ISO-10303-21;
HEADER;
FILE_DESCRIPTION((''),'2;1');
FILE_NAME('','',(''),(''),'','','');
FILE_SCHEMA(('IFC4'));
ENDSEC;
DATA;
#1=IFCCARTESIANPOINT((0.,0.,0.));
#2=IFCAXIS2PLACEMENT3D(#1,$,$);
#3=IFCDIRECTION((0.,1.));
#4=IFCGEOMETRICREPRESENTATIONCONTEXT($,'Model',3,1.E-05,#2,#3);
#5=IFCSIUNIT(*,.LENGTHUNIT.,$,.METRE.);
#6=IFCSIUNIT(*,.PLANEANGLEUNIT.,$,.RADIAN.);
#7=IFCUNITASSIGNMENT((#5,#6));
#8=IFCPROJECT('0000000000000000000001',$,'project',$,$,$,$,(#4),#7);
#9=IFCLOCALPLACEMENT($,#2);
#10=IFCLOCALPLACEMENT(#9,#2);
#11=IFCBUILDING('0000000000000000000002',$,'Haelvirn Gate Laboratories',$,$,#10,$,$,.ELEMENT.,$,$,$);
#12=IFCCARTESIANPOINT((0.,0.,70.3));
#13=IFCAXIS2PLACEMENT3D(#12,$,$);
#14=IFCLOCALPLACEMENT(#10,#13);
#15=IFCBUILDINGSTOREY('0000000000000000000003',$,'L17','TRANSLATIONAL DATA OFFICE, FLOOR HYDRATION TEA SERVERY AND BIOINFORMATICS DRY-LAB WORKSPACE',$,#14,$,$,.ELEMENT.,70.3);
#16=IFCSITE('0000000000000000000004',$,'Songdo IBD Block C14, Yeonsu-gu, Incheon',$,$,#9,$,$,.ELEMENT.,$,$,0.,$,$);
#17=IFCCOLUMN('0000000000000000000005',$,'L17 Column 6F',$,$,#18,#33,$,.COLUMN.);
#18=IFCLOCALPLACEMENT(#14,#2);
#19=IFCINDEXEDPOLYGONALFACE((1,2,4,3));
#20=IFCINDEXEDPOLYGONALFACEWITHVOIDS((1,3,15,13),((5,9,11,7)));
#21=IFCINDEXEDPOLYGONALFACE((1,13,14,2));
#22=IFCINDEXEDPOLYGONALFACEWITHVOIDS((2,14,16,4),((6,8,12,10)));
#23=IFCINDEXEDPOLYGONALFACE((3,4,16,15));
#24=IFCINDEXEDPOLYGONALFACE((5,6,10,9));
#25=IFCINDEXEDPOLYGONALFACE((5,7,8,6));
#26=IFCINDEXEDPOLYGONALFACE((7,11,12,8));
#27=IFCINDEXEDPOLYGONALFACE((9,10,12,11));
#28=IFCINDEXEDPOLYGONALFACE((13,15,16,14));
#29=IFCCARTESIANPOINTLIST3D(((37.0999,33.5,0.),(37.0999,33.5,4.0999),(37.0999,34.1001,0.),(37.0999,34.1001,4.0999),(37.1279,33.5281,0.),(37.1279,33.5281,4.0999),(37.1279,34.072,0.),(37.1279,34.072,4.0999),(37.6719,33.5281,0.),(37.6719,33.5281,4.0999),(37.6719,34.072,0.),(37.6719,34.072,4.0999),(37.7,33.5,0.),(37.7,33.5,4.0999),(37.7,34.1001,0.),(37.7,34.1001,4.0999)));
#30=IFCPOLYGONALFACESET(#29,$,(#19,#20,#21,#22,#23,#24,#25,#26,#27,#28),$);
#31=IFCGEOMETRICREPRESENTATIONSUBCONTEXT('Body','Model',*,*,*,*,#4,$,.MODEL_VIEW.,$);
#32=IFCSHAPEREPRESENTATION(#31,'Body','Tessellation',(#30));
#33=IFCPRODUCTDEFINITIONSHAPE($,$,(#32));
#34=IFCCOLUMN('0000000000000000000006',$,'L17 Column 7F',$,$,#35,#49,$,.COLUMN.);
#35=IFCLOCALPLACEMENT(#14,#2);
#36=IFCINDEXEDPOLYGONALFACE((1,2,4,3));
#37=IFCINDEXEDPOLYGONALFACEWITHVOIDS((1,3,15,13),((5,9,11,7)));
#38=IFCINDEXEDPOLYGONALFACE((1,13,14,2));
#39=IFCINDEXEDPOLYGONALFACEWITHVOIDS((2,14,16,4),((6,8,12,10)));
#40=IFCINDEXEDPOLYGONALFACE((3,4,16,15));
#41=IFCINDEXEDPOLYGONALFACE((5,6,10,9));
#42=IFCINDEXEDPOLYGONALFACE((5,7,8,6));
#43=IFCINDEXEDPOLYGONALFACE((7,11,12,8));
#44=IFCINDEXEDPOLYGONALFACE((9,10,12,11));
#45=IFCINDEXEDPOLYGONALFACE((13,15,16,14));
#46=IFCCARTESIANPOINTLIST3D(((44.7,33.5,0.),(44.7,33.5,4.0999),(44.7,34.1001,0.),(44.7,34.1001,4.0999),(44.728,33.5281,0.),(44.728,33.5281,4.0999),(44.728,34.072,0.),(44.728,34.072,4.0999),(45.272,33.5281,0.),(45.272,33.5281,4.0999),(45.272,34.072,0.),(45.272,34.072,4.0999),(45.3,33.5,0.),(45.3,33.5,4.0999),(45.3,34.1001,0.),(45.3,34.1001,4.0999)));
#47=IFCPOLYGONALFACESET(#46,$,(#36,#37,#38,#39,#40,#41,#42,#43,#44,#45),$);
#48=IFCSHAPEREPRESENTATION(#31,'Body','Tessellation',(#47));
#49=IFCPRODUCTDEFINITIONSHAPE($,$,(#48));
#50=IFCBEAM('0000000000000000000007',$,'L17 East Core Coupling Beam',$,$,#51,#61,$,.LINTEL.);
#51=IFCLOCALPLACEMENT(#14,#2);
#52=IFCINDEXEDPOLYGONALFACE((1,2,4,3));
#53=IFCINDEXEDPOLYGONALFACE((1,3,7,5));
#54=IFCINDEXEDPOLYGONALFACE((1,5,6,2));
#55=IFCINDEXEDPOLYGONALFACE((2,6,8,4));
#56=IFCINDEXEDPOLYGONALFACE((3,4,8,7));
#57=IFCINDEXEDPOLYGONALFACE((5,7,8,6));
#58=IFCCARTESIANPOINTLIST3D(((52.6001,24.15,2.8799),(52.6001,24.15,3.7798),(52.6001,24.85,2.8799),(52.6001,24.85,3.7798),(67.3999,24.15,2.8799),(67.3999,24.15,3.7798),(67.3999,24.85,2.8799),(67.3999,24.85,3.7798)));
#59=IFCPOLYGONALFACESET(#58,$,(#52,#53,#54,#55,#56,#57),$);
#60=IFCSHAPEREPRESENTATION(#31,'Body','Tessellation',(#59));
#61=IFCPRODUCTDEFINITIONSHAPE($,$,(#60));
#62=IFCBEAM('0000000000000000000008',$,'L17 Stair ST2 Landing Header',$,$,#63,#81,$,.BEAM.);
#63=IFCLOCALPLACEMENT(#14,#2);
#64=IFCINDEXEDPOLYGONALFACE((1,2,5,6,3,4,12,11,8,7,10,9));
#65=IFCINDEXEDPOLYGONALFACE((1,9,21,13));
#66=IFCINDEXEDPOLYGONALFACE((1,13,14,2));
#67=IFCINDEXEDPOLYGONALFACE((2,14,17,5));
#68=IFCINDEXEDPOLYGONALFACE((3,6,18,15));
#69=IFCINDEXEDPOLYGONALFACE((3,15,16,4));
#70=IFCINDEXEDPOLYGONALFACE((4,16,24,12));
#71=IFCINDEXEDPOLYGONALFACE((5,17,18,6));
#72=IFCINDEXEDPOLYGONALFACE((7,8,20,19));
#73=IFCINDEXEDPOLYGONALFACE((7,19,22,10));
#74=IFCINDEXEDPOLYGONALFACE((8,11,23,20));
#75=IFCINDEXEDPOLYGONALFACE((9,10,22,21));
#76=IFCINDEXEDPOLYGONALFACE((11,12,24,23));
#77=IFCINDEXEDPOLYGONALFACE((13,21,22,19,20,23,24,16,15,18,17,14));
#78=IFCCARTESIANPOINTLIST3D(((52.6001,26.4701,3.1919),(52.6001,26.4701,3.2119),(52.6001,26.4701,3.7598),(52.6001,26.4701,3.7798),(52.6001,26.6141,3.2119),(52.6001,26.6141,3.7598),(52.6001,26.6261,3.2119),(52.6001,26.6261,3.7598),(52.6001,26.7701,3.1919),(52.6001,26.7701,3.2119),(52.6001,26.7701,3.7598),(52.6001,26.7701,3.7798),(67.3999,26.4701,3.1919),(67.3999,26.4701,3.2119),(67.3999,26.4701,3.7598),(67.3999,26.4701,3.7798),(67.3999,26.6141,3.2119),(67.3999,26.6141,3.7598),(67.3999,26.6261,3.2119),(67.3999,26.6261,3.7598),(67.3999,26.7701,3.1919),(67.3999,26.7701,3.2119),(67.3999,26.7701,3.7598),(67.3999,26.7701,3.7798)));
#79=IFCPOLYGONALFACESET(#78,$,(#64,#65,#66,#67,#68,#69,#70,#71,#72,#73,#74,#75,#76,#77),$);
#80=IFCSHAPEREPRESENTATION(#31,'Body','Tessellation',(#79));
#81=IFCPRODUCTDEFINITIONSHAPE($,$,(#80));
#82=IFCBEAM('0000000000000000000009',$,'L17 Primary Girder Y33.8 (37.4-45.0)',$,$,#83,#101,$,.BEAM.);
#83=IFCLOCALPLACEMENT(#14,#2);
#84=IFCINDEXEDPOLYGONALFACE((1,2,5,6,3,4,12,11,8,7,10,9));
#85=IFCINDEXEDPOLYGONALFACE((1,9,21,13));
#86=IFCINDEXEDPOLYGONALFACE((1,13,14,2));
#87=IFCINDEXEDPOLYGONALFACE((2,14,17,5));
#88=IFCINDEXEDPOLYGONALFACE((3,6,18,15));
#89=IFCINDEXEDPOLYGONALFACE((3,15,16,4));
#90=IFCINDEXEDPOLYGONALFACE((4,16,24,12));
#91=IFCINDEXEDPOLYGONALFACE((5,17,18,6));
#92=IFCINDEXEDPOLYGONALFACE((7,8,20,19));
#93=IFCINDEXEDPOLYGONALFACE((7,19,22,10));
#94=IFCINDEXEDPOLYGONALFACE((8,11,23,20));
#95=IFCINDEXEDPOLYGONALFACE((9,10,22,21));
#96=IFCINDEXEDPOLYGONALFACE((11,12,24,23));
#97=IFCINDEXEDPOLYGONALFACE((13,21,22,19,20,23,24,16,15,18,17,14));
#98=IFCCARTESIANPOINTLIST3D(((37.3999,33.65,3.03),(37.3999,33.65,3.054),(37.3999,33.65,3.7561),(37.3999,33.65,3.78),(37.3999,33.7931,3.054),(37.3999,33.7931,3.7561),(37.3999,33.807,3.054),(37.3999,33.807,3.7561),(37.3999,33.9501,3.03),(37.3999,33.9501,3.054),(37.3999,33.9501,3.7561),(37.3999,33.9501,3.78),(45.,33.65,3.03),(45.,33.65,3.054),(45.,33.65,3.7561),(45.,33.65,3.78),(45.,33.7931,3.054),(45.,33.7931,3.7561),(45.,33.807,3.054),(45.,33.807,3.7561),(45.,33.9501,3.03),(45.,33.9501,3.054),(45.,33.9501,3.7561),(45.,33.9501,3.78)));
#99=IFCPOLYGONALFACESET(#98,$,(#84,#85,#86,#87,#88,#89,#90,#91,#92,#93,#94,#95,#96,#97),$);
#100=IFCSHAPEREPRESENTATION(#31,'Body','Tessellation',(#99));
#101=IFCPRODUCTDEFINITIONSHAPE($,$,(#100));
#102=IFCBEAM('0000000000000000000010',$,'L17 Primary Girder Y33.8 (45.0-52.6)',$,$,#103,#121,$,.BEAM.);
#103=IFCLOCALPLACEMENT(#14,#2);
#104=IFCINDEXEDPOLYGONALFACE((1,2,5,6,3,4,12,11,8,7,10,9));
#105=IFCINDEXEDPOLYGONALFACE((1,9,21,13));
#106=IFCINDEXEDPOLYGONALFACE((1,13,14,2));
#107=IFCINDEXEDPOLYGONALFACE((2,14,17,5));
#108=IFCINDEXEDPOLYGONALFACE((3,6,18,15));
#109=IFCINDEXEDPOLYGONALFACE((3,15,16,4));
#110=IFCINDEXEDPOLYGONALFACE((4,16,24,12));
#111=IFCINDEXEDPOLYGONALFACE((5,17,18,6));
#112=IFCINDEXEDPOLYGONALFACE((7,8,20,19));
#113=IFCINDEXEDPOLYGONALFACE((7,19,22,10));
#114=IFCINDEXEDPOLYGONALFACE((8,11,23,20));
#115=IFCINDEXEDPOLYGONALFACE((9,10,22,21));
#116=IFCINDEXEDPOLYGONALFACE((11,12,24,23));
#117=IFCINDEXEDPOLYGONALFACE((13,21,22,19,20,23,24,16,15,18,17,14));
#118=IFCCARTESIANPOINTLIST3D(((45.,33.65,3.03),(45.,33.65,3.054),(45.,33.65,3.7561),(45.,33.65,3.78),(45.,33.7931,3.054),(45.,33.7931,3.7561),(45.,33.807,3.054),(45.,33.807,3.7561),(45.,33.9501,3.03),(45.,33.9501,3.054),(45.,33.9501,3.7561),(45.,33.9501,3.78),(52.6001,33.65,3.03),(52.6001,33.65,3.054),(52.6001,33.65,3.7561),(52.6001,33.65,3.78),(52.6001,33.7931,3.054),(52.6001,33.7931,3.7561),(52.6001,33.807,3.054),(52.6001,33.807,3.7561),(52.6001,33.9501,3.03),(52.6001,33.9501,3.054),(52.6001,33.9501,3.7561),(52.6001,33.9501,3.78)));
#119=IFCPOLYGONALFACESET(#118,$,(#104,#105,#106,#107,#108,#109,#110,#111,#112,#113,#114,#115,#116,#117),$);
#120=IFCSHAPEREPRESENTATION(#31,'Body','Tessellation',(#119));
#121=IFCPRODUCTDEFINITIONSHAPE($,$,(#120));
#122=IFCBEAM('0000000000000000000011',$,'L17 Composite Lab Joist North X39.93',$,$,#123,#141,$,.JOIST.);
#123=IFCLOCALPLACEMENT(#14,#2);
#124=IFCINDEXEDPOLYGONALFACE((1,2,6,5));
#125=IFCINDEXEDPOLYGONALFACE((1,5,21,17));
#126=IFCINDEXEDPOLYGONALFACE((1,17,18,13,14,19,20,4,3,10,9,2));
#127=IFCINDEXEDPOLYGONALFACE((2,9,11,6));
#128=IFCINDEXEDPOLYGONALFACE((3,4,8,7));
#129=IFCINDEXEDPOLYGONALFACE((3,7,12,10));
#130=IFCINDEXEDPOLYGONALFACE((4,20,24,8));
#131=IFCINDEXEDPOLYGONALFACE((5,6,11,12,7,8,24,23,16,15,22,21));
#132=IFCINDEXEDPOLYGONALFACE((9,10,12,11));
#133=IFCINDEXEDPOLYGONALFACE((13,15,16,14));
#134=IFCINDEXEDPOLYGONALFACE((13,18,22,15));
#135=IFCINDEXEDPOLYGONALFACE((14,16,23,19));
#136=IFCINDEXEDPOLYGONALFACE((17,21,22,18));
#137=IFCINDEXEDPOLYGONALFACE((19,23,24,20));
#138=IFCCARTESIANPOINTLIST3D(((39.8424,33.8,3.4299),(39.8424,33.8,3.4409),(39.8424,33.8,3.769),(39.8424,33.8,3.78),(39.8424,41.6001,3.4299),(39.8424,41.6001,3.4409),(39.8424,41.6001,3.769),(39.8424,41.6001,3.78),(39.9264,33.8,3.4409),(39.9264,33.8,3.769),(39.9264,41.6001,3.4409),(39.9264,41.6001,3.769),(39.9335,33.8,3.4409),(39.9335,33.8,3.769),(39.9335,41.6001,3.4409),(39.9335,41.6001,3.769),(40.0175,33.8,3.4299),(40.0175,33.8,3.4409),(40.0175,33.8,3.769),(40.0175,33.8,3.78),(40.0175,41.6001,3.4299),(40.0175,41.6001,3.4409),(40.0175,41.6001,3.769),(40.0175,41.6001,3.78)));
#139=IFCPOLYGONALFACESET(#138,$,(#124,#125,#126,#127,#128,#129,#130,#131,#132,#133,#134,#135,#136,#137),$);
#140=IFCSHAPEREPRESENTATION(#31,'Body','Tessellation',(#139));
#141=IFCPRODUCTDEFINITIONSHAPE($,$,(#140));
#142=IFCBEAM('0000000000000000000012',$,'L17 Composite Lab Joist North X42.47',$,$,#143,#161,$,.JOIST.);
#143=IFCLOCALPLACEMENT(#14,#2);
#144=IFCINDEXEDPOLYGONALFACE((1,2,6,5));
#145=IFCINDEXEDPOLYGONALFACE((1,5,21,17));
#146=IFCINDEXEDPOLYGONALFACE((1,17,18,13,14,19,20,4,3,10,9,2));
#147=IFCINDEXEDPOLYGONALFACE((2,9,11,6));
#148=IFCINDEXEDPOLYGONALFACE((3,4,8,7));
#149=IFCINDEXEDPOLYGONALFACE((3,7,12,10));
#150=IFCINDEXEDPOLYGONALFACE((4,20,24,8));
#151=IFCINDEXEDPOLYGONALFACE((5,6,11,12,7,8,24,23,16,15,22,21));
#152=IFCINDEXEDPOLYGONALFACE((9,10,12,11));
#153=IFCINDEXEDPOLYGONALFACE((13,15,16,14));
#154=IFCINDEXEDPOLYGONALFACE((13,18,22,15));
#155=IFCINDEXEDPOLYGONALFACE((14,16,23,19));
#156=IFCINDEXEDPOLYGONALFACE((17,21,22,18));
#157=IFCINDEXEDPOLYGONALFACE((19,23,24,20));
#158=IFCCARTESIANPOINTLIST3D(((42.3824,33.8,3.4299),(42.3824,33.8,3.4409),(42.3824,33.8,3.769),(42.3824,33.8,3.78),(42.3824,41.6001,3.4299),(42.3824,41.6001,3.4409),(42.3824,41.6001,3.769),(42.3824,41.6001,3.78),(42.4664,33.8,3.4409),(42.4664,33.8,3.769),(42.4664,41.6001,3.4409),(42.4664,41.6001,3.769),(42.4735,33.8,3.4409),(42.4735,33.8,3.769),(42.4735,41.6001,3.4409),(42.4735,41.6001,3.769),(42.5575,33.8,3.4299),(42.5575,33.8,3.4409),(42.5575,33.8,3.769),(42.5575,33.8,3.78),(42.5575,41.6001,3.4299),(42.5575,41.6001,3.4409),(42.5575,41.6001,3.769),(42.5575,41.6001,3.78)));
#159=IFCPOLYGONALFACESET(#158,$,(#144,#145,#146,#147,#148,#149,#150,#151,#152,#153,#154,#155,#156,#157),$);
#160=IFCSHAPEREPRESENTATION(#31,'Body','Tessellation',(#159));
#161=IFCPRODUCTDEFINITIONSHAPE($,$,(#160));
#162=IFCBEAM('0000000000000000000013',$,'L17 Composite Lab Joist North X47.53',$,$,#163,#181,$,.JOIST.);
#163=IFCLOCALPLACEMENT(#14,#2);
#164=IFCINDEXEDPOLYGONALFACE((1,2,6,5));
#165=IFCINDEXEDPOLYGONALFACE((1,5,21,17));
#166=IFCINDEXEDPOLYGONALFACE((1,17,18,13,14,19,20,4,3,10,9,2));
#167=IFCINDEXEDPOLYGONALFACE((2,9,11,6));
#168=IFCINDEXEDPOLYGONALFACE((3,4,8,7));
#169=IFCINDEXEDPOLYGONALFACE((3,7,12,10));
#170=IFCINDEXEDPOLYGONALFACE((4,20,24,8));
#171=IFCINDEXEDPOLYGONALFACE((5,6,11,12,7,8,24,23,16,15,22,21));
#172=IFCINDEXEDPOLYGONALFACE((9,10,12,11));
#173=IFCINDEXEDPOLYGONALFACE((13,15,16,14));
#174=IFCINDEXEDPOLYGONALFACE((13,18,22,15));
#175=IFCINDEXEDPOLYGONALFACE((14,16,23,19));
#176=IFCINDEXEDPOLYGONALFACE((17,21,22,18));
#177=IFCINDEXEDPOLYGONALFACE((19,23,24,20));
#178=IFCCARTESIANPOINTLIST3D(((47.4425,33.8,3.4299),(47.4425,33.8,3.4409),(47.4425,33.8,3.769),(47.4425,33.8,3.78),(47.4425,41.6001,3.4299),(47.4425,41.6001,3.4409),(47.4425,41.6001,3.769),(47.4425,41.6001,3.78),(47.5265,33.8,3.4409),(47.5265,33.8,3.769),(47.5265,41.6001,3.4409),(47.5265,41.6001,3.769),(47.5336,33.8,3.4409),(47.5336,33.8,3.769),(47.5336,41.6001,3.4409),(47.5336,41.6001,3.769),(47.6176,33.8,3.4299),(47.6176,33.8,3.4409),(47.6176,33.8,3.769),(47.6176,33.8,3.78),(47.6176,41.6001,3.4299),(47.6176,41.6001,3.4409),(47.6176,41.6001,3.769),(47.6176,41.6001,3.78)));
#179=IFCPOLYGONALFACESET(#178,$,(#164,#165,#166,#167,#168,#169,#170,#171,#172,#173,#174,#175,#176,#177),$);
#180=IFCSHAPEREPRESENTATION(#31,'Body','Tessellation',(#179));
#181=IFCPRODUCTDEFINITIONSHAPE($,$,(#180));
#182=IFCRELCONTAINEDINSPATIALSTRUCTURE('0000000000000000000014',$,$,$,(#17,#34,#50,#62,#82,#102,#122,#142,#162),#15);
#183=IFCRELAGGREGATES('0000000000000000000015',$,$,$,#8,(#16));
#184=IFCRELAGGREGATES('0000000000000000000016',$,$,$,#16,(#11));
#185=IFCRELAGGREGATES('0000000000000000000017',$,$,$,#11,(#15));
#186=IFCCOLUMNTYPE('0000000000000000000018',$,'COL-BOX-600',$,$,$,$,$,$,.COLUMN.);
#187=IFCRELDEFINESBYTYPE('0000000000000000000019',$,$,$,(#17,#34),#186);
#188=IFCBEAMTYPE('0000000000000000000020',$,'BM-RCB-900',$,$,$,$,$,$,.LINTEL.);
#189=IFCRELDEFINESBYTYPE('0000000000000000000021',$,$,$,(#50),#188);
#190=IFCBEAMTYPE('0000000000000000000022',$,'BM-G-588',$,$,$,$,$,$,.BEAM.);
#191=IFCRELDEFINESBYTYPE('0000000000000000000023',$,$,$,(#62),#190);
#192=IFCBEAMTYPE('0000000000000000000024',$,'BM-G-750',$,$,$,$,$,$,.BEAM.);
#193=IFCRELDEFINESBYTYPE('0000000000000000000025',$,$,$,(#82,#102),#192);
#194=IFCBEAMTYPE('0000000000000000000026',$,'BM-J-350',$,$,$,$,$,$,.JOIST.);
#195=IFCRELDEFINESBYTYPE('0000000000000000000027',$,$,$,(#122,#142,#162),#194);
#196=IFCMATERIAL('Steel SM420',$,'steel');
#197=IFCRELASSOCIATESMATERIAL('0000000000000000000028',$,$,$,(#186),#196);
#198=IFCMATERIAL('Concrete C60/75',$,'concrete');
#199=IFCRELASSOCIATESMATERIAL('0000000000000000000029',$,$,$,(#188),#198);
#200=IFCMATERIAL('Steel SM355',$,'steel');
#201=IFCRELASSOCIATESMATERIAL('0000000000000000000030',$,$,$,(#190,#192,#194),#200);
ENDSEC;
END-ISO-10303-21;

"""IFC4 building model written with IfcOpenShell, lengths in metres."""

from ifc_helpers import new_model, si_unit, direction, frame, origin, origin_2d, place, context, subcontext, project, spatial, rectangle, hollow_rectangle, i_section, extrude, source, transform, mapped, material, material_profile, profile_set, type_object, type_shapes, element, save


model = new_model("IFC4")

# Units and contexts
model_context = context("Model", 3, precision=1e-05, world=origin(), true_north=direction((0.0, 1.0)))
body_context = subcontext(model_context, "Body", "Model", "MODEL_VIEW")
ifc_project = project(units=[si_unit("LENGTHUNIT", "METRE"), si_unit("PLANEANGLEUNIT", "RADIAN")], contexts=[model_context])

# Site, building, storey
site_placement = place(None, origin())
site = spatial("IfcSite", under=ifc_project, at=site_placement, Name="Songdo IBD Block C14, Yeonsu-gu, Incheon", CompositionType="ELEMENT", RefElevation=0.0)
building_placement = place(site_placement, origin())
building = spatial("IfcBuilding", under=site, at=building_placement, Name="Haelvirn Gate Laboratories", CompositionType="ELEMENT")
storey_placement = place(building_placement, frame((0.0, 0.0, 70.3)))
storey = spatial("IfcBuildingStorey", under=building, at=storey_placement, Name="L17", Description="TRANSLATIONAL DATA OFFICE, FLOOR HYDRATION TEA SERVERY AND BIOINFORMATICS DRY-LAB WORKSPACE", CompositionType="ELEMENT", Elevation=70.3)

# Columns
ifc_material_1 = material(Name="Steel SM420", Category="steel")
ifc_material_profile_1 = material_profile(ifc_material_1, hollow_rectangle(XDim=0.6001, YDim=0.6001, WallThickness=0.0281, at=origin_2d()), Name="BOX-600x600x28")
ifc_profile_set_1 = profile_set([ifc_material_profile_1], Name="Steel SM420")
column_type = type_object("IfcColumnType", Name="COL-BOX-600", PredefinedType="COLUMN", material=ifc_profile_set_1)
shared_shape_1 = source(origin(), body_context, "Body", "SweptSolid", [
    extrude(hollow_rectangle(XDim=0.6001, YDim=0.6001, WallThickness=0.0281, at=origin_2d()), origin(), (0.0, 0.0, 1.0), 4.0999),
])
type_shapes(column_type, [shared_shape_1])
for number, where, z_axis, x_axis, name in (
    (1, (37.3999, 33.8, 0.0), (0.0, 0.0, 1.0), (1.0, 0.0, 0.0), "L17 Column 6F"),
    (2, (45.0, 33.8, 0.0), (0.0, 0.0, 1.0), (1.0, 0.0, 0.0), "L17 Column 7F"),
):
    element("IfcColumn", number, at=place(storey_placement, frame(where, z_axis=z_axis, x_axis=x_axis)), inside=storey, type_object=column_type, Name=name, PredefinedType="COLUMN", context=body_context, shape_type="MappedRepresentation", body=[
        mapped(shared_shape_1, transform((0.0, 0.0, 0.0), scale=1.0)),
    ])

# Beams
ifc_material_2 = material(Name="Concrete C60/75", Category="concrete")
ifc_material_profile_2 = material_profile(ifc_material_2, rectangle(XDim=0.7, YDim=0.8999, at=origin_2d()), Name="RCB-700x900")
ifc_profile_set_2 = profile_set([ifc_material_profile_2], Name="Concrete C60/75")
beam_type_1 = type_object("IfcBeamType", Name="BM-RCB-900", PredefinedType="LINTEL", material=ifc_profile_set_2)
shared_shape_2 = source(origin(), body_context, "Body", "SweptSolid", [
    extrude(rectangle(XDim=0.7, YDim=0.8999, at=origin_2d()), origin(), (0.0, 0.0, 1.0), 14.7998),
])
type_shapes(beam_type_1, [shared_shape_2])
beam_1_placement = place(storey_placement, frame((52.6001, 24.5, 3.3298), z_axis=(1.0, 0.0, 0.0), x_axis=(0.0, 1.0, 0.0)))
element("IfcBeam", 3, at=beam_1_placement, inside=storey, type_object=beam_type_1, Name="L17 East Core Coupling Beam", PredefinedType="LINTEL", context=body_context, shape_type="MappedRepresentation", body=[
    mapped(shared_shape_2, transform((0.0, 0.0, 0.0), scale=1.0)),
])
ifc_material_3 = material(Name="Steel SM355", Category="steel")
ifc_material_profile_3 = material_profile(ifc_material_3, i_section(OverallWidth=0.3, OverallDepth=0.5879, WebThickness=0.012, FlangeThickness=0.02, at=origin_2d()), Name="H-588x300x12x20")
ifc_profile_set_3 = profile_set([ifc_material_profile_3], Name="Steel SM355")
beam_type_2 = type_object("IfcBeamType", Name="BM-G-588", PredefinedType="BEAM", material=ifc_profile_set_3)
shared_shape_3 = source(origin(), body_context, "Body", "SweptSolid", [
    extrude(i_section(OverallWidth=0.3, OverallDepth=0.5879, WebThickness=0.012, FlangeThickness=0.02, at=origin_2d()), origin(), (0.0, 0.0, 1.0), 14.7998),
])
type_shapes(beam_type_2, [shared_shape_3])
beam_2_placement = place(storey_placement, frame((52.6001, 26.6201, 3.4858), z_axis=(1.0, 0.0, 0.0), x_axis=(0.0, 1.0, 0.0)))
element("IfcBeam", 4, at=beam_2_placement, inside=storey, type_object=beam_type_2, Name="L17 Stair ST2 Landing Header", PredefinedType="BEAM", context=body_context, shape_type="MappedRepresentation", body=[
    mapped(shared_shape_3, transform((0.0, 0.0, 0.0), scale=1.0)),
])
ifc_material_profile_4 = material_profile(ifc_material_3, i_section(OverallWidth=0.3, OverallDepth=0.75, WebThickness=0.0139, FlangeThickness=0.0239, at=origin_2d()), Name="H-750x300x14x24")
ifc_profile_set_4 = profile_set([ifc_material_profile_4], Name="Steel SM355")
beam_type_3 = type_object("IfcBeamType", Name="BM-G-750", PredefinedType="BEAM", material=ifc_profile_set_4)
shared_shape_4 = source(origin(), body_context, "Body", "SweptSolid", [
    extrude(i_section(OverallWidth=0.3, OverallDepth=0.75, WebThickness=0.0139, FlangeThickness=0.0239, at=origin_2d()), origin(), (0.0, 0.0, 1.0), 7.6001),
])
type_shapes(beam_type_3, [shared_shape_4])
for number, where, z_axis, x_axis, name in (
    (5, (37.3999, 33.8, 3.405), (1.0, 0.0, 0.0), (0.0, 1.0, 0.0), "L17 Primary Girder Y33.8 (37.4-45.0)"),
    (6, (45.0, 33.8, 3.405), (1.0, 0.0, 0.0), (0.0, 1.0, 0.0), "L17 Primary Girder Y33.8 (45.0-52.6)"),
):
    element("IfcBeam", number, at=place(storey_placement, frame(where, z_axis=z_axis, x_axis=x_axis)), inside=storey, type_object=beam_type_3, Name=name, PredefinedType="BEAM", context=body_context, shape_type="MappedRepresentation", body=[
        mapped(shared_shape_4, transform((0.0, 0.0, 0.0), scale=1.0)),
    ])
ifc_material_profile_5 = material_profile(ifc_material_3, i_section(OverallWidth=0.175, OverallDepth=0.3501, WebThickness=0.0071, FlangeThickness=0.011, at=origin_2d()), Name="H-350x175x7x11")
ifc_profile_set_5 = profile_set([ifc_material_profile_5], Name="Steel SM355")
beam_type_4 = type_object("IfcBeamType", Name="BM-J-350", PredefinedType="JOIST", material=ifc_profile_set_5)
shared_shape_5 = source(origin(), body_context, "Body", "SweptSolid", [
    extrude(i_section(OverallWidth=0.175, OverallDepth=0.3501, WebThickness=0.0071, FlangeThickness=0.011, at=origin_2d()), origin(), (0.0, 0.0, 1.0), 7.8),
])
type_shapes(beam_type_4, [shared_shape_5])
for number, where, z_axis, x_axis, name in (
    (7, (39.9299, 33.8, 3.605), (0.0, 1.0, 0.0), (-1.0, 0.0, 0.0), "L17 Composite Lab Joist North X39.93"),
    (8, (42.47, 33.8, 3.605), (0.0, 1.0, 0.0), (-1.0, 0.0, 0.0), "L17 Composite Lab Joist North X42.47"),
    (9, (47.53, 33.8, 3.605), (0.0, 1.0, 0.0), (-1.0, 0.0, 0.0), "L17 Composite Lab Joist North X47.53"),
):
    element("IfcBeam", number, at=place(storey_placement, frame(where, z_axis=z_axis, x_axis=x_axis)), inside=storey, type_object=beam_type_4, Name=name, PredefinedType="JOIST", context=body_context, shape_type="MappedRepresentation", body=[
        mapped(shared_shape_5, transform((0.0, 0.0, 0.0), scale=1.0)),
    ])

save(model, "model.ifc")
